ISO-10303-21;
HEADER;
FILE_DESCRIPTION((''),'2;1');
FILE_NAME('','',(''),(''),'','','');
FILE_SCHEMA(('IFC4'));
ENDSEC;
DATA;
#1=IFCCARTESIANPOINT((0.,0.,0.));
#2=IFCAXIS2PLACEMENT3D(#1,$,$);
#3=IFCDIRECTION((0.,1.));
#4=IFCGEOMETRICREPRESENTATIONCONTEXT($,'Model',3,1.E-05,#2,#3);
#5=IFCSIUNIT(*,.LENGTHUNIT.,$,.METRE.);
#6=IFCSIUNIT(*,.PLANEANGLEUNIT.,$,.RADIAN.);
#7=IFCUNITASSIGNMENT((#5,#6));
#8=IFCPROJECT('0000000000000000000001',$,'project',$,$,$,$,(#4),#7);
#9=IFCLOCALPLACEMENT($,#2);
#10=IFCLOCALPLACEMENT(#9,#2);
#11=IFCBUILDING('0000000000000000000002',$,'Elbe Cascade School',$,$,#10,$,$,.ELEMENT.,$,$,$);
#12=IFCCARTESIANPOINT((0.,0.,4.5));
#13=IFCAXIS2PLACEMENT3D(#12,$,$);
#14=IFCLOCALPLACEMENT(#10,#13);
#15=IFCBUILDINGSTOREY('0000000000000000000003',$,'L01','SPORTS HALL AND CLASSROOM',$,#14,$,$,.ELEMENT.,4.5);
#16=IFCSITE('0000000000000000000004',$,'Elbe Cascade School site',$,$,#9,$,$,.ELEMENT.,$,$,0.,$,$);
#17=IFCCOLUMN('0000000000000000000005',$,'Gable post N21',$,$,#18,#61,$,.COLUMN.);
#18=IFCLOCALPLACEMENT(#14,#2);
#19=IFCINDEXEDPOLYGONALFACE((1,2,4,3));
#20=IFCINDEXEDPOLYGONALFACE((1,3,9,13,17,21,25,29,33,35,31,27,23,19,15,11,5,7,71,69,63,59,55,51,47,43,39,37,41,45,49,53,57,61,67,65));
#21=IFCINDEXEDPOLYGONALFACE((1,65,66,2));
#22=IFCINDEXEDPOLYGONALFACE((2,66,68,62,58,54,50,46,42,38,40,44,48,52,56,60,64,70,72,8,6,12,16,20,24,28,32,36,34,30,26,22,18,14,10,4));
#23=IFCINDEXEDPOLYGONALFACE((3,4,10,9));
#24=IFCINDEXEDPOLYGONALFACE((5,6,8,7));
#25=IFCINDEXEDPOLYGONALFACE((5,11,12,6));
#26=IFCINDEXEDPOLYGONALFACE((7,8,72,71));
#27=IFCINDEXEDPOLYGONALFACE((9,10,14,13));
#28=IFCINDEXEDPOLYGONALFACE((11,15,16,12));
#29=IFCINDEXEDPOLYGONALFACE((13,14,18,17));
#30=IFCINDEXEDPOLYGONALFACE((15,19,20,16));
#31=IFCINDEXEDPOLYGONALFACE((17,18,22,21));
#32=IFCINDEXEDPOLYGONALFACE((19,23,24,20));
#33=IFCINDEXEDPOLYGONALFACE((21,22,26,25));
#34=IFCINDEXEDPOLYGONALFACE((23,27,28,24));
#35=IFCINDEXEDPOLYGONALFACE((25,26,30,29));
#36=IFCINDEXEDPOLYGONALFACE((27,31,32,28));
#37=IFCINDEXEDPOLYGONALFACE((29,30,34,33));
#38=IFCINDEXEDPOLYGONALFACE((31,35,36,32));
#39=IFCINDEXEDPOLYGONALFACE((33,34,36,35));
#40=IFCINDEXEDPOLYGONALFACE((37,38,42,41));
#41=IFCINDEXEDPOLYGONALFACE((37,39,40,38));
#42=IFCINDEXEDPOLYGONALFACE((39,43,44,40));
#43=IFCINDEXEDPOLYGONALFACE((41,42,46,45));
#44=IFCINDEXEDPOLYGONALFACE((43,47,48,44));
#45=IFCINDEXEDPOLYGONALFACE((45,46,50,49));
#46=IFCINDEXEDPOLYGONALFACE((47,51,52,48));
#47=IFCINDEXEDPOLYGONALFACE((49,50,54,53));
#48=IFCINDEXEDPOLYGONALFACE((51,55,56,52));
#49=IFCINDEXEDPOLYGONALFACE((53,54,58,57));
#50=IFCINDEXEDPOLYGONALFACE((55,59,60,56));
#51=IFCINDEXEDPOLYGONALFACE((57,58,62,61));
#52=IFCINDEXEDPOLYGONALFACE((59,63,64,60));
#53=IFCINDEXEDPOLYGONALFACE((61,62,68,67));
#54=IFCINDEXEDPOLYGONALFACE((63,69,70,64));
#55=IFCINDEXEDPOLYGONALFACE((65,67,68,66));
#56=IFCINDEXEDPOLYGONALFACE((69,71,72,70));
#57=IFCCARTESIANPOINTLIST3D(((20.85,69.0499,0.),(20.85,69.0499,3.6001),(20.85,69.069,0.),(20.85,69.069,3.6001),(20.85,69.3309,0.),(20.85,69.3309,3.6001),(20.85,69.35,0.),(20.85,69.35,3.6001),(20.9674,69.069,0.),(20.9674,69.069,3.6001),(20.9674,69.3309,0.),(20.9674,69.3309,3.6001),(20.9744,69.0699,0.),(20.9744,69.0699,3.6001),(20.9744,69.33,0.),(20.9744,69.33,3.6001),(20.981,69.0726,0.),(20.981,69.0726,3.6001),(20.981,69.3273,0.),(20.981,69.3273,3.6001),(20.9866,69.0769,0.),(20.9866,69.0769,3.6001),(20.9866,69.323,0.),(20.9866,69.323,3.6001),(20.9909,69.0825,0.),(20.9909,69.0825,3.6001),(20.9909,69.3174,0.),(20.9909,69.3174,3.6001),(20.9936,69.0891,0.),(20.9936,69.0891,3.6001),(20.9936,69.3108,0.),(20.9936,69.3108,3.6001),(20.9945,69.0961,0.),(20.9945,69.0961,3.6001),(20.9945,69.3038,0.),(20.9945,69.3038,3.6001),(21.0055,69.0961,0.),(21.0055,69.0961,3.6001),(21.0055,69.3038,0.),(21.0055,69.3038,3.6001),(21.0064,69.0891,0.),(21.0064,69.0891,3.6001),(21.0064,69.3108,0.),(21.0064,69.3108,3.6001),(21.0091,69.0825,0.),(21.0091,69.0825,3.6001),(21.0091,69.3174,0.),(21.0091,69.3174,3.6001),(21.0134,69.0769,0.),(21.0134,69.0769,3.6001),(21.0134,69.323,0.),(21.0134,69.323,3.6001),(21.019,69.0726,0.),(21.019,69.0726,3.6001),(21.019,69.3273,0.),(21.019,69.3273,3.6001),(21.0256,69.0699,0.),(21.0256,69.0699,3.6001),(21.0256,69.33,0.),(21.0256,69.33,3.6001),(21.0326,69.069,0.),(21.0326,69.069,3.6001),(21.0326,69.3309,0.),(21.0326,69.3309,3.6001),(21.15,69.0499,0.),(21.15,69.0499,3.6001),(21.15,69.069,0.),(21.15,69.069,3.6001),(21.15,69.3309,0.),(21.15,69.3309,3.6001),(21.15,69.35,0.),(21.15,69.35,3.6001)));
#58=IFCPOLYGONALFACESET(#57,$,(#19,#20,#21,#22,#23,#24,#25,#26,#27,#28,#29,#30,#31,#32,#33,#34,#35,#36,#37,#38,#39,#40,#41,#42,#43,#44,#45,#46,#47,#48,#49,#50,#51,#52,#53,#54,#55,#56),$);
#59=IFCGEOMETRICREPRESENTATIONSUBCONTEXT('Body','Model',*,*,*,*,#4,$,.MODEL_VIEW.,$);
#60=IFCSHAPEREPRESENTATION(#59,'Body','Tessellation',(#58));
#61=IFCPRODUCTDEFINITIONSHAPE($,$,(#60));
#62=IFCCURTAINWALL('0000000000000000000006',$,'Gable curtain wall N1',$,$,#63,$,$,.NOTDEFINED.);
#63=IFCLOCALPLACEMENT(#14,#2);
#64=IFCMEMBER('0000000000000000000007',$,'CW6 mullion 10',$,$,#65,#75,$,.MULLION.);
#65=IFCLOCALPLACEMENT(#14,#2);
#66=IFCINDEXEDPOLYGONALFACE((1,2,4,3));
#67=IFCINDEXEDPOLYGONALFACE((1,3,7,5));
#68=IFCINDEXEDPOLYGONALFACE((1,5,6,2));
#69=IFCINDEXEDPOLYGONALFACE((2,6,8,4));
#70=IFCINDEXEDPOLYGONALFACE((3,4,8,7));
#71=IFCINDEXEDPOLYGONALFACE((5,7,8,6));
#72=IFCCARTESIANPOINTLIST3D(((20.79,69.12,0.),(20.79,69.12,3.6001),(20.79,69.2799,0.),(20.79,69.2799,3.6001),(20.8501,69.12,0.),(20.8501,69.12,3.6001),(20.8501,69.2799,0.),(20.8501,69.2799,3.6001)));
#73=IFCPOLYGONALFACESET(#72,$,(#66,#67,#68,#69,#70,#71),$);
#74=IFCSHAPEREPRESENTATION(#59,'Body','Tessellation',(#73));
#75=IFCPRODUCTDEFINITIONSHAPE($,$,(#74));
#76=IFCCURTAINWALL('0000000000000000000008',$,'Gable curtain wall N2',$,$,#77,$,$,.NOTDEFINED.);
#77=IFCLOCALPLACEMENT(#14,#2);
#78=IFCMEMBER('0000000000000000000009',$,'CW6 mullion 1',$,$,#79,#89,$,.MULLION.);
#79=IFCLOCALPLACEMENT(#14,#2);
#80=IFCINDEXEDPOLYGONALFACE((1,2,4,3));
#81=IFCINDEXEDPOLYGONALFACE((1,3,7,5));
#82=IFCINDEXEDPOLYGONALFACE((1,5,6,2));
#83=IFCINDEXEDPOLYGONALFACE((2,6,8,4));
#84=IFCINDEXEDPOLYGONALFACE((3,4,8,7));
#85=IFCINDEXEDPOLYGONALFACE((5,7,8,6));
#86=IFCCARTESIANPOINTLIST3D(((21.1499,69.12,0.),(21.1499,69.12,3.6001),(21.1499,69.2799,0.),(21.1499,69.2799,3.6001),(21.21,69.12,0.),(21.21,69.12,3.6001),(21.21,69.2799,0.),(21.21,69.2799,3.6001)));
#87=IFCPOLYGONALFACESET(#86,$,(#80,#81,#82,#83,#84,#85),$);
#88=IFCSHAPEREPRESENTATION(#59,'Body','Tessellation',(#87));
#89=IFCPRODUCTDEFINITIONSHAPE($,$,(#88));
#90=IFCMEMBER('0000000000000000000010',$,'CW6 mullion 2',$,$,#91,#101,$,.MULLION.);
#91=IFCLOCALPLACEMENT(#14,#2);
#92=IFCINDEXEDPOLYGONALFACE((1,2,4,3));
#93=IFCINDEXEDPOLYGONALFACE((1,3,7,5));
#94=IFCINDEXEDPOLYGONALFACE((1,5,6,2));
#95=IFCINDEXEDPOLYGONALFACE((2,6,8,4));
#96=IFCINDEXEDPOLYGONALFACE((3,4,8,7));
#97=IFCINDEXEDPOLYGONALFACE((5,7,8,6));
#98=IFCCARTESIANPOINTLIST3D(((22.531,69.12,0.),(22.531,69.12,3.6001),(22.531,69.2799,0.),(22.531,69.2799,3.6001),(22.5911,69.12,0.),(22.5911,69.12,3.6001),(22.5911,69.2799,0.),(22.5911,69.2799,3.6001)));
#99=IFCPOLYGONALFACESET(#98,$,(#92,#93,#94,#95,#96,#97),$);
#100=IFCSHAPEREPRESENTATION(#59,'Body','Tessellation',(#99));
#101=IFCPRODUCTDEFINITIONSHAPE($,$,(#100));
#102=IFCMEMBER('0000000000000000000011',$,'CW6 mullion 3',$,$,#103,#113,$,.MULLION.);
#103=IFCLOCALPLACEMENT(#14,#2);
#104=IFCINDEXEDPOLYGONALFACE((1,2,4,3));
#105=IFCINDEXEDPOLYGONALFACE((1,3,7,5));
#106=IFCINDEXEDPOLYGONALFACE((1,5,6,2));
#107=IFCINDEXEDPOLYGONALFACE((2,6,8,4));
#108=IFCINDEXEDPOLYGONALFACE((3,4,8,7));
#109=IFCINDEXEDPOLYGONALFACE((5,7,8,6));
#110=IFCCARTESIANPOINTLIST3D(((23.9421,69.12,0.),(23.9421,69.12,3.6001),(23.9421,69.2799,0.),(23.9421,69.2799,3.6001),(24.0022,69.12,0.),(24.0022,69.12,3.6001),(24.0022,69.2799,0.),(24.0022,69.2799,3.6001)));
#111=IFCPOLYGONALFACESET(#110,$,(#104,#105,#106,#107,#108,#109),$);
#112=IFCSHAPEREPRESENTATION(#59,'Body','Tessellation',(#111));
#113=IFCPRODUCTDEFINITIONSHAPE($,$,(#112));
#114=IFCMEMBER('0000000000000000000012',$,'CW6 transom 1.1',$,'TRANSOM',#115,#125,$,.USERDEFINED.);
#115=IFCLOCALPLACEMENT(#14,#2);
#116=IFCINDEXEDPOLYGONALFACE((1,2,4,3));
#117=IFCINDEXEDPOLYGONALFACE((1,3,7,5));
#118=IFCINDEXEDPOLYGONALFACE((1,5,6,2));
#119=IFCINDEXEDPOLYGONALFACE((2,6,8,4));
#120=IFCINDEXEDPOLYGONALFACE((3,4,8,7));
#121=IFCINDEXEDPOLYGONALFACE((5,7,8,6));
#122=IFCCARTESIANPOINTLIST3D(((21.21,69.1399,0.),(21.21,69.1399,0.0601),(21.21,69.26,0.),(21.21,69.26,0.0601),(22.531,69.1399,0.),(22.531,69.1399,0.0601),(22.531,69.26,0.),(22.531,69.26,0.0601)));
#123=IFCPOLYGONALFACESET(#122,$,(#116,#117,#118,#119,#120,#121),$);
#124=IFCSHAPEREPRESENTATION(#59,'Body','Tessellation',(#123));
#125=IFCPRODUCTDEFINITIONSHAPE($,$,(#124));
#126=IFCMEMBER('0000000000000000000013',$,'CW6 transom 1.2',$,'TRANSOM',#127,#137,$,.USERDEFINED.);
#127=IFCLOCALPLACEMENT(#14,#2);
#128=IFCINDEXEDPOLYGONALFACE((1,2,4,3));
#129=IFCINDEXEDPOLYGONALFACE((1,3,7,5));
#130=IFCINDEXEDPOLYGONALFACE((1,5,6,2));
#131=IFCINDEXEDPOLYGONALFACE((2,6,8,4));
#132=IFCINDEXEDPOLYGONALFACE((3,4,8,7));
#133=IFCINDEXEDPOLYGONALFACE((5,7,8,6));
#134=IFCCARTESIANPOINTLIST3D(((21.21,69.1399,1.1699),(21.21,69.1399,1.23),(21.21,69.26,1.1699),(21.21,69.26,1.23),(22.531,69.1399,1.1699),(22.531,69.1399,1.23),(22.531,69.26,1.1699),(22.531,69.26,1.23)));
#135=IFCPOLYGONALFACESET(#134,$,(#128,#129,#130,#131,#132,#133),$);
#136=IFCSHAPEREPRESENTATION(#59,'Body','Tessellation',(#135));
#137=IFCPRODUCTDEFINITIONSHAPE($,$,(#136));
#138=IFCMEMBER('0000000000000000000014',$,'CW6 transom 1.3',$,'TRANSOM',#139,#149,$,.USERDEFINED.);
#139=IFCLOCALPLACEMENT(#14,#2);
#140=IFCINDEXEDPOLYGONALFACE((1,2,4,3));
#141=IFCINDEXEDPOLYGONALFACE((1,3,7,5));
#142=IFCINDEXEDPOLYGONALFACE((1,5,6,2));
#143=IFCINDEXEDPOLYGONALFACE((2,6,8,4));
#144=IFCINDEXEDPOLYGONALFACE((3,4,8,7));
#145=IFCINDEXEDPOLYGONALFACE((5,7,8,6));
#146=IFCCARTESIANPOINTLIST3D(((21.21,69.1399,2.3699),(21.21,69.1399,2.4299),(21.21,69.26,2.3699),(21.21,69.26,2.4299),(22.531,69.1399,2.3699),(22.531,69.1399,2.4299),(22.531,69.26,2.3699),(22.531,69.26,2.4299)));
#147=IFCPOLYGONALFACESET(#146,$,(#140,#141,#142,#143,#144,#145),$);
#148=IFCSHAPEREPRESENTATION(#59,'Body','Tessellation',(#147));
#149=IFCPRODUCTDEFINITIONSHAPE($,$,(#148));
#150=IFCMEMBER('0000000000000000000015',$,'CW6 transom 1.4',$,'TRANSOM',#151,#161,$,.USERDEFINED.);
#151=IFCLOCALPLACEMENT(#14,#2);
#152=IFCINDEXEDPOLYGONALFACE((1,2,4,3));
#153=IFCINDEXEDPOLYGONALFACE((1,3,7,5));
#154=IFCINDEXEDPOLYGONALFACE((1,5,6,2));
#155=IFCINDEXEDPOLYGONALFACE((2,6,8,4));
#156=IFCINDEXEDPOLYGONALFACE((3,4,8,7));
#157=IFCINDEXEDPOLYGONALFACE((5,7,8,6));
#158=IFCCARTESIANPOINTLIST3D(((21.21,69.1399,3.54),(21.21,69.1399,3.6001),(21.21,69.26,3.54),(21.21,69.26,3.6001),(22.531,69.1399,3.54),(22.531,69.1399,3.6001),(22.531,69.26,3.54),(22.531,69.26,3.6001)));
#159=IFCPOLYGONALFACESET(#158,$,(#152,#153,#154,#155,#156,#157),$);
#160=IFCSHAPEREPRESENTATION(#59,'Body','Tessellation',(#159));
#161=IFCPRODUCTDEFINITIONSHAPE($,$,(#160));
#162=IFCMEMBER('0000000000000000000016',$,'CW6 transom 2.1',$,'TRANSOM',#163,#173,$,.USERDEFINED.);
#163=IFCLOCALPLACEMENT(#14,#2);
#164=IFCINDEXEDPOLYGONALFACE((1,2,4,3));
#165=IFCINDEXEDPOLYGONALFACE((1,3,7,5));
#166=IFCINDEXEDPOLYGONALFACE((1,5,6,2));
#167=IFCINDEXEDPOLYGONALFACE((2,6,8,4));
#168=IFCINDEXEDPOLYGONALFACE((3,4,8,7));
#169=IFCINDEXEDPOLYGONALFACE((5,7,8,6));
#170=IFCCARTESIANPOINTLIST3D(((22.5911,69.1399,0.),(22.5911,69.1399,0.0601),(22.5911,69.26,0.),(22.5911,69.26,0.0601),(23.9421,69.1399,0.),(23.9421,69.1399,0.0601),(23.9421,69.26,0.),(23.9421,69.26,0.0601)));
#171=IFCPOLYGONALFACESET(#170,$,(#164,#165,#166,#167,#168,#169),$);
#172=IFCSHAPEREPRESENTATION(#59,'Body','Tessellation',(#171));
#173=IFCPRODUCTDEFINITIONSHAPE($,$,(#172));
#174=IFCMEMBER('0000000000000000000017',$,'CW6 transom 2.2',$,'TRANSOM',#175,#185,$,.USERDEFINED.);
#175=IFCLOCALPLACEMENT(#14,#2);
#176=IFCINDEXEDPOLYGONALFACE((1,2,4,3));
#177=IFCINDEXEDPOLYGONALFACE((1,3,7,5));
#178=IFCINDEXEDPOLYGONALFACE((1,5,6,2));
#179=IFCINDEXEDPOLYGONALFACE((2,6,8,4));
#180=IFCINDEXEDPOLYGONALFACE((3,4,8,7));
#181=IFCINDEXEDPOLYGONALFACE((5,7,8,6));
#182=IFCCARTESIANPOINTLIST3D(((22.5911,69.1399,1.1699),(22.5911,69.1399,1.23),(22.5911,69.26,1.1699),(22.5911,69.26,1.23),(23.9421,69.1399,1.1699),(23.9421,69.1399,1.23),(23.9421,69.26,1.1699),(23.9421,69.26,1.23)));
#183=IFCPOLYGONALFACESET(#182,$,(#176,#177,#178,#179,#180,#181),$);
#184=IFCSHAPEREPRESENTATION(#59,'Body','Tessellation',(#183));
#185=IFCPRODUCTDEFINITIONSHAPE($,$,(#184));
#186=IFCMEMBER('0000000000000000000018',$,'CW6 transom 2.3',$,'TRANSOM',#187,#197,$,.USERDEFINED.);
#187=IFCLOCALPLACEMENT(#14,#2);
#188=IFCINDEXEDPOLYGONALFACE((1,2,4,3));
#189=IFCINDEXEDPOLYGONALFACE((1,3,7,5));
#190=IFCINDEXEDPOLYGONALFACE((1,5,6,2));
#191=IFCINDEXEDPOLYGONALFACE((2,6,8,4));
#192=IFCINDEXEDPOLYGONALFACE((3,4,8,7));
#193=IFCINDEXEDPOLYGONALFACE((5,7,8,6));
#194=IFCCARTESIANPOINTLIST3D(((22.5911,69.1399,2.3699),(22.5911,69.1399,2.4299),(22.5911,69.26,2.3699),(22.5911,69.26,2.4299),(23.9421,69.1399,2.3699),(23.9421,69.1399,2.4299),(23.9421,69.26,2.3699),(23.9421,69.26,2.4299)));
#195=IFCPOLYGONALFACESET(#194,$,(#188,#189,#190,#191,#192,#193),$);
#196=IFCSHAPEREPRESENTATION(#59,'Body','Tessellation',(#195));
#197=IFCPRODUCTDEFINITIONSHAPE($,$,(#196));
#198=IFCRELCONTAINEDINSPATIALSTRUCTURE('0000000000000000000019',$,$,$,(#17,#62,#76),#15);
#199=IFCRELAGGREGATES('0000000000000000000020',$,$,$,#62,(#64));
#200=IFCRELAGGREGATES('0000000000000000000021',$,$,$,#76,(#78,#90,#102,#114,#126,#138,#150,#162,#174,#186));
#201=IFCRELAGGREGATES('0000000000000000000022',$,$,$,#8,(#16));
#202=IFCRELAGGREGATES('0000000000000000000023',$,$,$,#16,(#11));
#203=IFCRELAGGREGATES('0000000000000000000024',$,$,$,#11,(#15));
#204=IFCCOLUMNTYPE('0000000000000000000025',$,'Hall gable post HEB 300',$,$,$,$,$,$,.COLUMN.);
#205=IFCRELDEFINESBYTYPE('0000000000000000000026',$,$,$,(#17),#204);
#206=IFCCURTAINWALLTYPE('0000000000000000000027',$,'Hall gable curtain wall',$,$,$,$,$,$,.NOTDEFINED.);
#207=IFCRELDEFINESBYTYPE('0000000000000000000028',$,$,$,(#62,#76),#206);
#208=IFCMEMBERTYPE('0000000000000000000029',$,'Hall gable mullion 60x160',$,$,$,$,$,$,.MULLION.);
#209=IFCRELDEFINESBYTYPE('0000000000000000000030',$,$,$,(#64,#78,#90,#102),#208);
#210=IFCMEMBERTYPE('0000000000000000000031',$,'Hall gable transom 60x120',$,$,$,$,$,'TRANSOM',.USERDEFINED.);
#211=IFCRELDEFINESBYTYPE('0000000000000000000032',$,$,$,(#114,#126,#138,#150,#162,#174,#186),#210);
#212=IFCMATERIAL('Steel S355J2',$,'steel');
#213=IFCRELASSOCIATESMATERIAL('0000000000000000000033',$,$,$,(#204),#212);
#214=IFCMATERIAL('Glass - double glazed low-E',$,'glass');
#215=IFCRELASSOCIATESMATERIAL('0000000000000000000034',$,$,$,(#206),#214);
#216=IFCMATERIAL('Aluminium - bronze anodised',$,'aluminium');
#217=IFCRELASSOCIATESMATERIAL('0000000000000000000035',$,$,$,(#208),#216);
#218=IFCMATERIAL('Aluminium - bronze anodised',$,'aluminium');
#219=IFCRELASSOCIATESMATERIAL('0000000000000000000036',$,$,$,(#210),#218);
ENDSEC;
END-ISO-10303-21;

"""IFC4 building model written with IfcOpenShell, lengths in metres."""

from ifc_helpers import new_model, si_unit, direction, frame, origin, origin_2d, place, context, subcontext, project, spatial, rectangle, i_section, extrude, material, material_profile, profile_set, type_object, element, aggregate, save


model = new_model("IFC4")

# Units and contexts
model_context = context("Model", 3, precision=1e-05, world=origin(), true_north=direction((0.0, 1.0)))
body_context = subcontext(model_context, "Body", "Model", "MODEL_VIEW")
ifc_project = project(units=[si_unit("LENGTHUNIT", "METRE"), si_unit("PLANEANGLEUNIT", "RADIAN")], contexts=[model_context])

# Site, building, storey
site_placement = place(None, origin())
site = spatial("IfcSite", under=ifc_project, at=site_placement, Name="Elbe Cascade School site", CompositionType="ELEMENT", RefElevation=0.0)
building_placement = place(site_placement, origin())
building = spatial("IfcBuilding", under=site, at=building_placement, Name="Elbe Cascade School", CompositionType="ELEMENT")
storey_placement = place(building_placement, frame((0.0, 0.0, 4.5)))
storey = spatial("IfcBuildingStorey", under=building, at=storey_placement, Name="L01", Description="SPORTS HALL AND CLASSROOM", CompositionType="ELEMENT", Elevation=4.5)

# Column
ifc_material_1 = material(Name="Steel S355J2", Category="steel")
ifc_material_profile_1 = material_profile(ifc_material_1, i_section(OverallWidth=0.3, OverallDepth=0.3, WebThickness=0.011, FlangeThickness=0.019, FilletRadius=0.0271, at=origin_2d()), Name="HEB 300")
ifc_profile_set_1 = profile_set([ifc_material_profile_1], Name="Steel S355J2")
column_type = type_object("IfcColumnType", Name="Hall gable post HEB 300", PredefinedType="COLUMN", material=ifc_profile_set_1)
column_placement = place(storey_placement, frame((21.0, 69.2, 0.0), z_axis=(0.0, 0.0, 1.0), x_axis=(1.0, 0.0, 0.0)))
element("IfcColumn", 1, at=column_placement, inside=storey, type_object=column_type, Name="Gable post N21", PredefinedType="COLUMN", context=body_context, shape_type="SweptSolid", body=[
    extrude(i_section(OverallWidth=0.3, OverallDepth=0.3, WebThickness=0.011, FlangeThickness=0.019, FilletRadius=0.0271, at=origin_2d()), origin(), (0.0, 0.0, 1.0), 3.6001),
])

# Curtain wall, member
ifc_material_2 = material(Name="Glass - double glazed low-E", Category="glass")
curtain_wall_type = type_object("IfcCurtainWallType", Name="Hall gable curtain wall", PredefinedType="NOTDEFINED", material=ifc_material_2)
curtain_wall_1_placement = place(storey_placement, origin())
curtain_wall_1 = element("IfcCurtainWall", 2, at=curtain_wall_1_placement, inside=storey, type_object=curtain_wall_type, Name="Gable curtain wall N1", PredefinedType="NOTDEFINED")
ifc_material_3 = material(Name="Aluminium - bronze anodised", Category="aluminium")
ifc_material_profile_2 = material_profile(ifc_material_3, rectangle(XDim=0.1599, YDim=0.0601, at=origin_2d()), Name="Alu 60x160")
ifc_profile_set_2 = profile_set([ifc_material_profile_2], Name="Aluminium - bronze anodised")
member_type_1 = type_object("IfcMemberType", Name="Hall gable mullion 60x160", PredefinedType="MULLION", material=ifc_profile_set_2)
member_1_placement = place(storey_placement, frame((20.8201, 69.2, 0.0), z_axis=(0.0, 0.0, 1.0), x_axis=(0.0, 1.0, 0.0)))
member_1 = element("IfcMember", 3, at=member_1_placement, type_object=member_type_1, Name="CW6 mullion 10", PredefinedType="MULLION", context=body_context, shape_type="SweptSolid", body=[
    extrude(rectangle(XDim=0.1599, YDim=0.0601, at=origin_2d()), origin(), (0.0, 0.0, 1.0), 3.6001),
])

# Curtain wall, members
curtain_wall_2_placement = place(storey_placement, origin())
curtain_wall_2 = element("IfcCurtainWall", 4, at=curtain_wall_2_placement, inside=storey, type_object=curtain_wall_type, Name="Gable curtain wall N2", PredefinedType="NOTDEFINED")
member_2_placement = place(storey_placement, frame((21.1799, 69.2, 0.0), z_axis=(0.0, 0.0, 1.0), x_axis=(0.0, 1.0, 0.0)))
member_2 = element("IfcMember", 5, at=member_2_placement, type_object=member_type_1, Name="CW6 mullion 1", PredefinedType="MULLION", context=body_context, shape_type="SweptSolid", body=[
    extrude(rectangle(XDim=0.1599, YDim=0.0601, at=origin_2d()), origin(), (0.0, 0.0, 1.0), 3.6001),
])
member_3_placement = place(storey_placement, frame((22.561, 69.2, 0.0), z_axis=(0.0, 0.0, 1.0), x_axis=(0.0, 1.0, 0.0)))
member_3 = element("IfcMember", 6, at=member_3_placement, type_object=member_type_1, Name="CW6 mullion 2", PredefinedType="MULLION", context=body_context, shape_type="SweptSolid", body=[
    extrude(rectangle(XDim=0.1599, YDim=0.0601, at=origin_2d()), origin(), (0.0, 0.0, 1.0), 3.6001),
])
member_4_placement = place(storey_placement, frame((23.9722, 69.2, 0.0), z_axis=(0.0, 0.0, 1.0), x_axis=(0.0, 1.0, 0.0)))
member_4 = element("IfcMember", 7, at=member_4_placement, type_object=member_type_1, Name="CW6 mullion 3", PredefinedType="MULLION", context=body_context, shape_type="SweptSolid", body=[
    extrude(rectangle(XDim=0.1599, YDim=0.0601, at=origin_2d()), origin(), (0.0, 0.0, 1.0), 3.6001),
])
ifc_material_4 = material(Name="Aluminium - bronze anodised", Category="aluminium")
ifc_material_profile_3 = material_profile(ifc_material_4, rectangle(XDim=0.1201, YDim=0.0601, at=origin_2d()), Name="Alu 60x120")
ifc_profile_set_3 = profile_set([ifc_material_profile_3], Name="Aluminium - bronze anodised")
member_type_2 = type_object("IfcMemberType", Name="Hall gable transom 60x120", ElementType="TRANSOM", PredefinedType="USERDEFINED", material=ifc_profile_set_3)
member_5_placement = place(storey_placement, frame((21.21, 69.2, 0.03), z_axis=(1.0, 0.0, 0.0), x_axis=(0.0, 1.0, 0.0)))
member_5 = element("IfcMember", 8, at=member_5_placement, type_object=member_type_2, Name="CW6 transom 1.1", ObjectType="TRANSOM", PredefinedType="USERDEFINED", context=body_context, shape_type="SweptSolid", body=[
    extrude(rectangle(XDim=0.1201, YDim=0.0601, at=origin_2d()), origin(), (0.0, 0.0, 1.0), 1.321),
])
member_6_placement = place(storey_placement, frame((21.21, 69.2, 1.2), z_axis=(1.0, 0.0, 0.0), x_axis=(0.0, 1.0, 0.0)))
member_6 = element("IfcMember", 9, at=member_6_placement, type_object=member_type_2, Name="CW6 transom 1.2", ObjectType="TRANSOM", PredefinedType="USERDEFINED", context=body_context, shape_type="SweptSolid", body=[
    extrude(rectangle(XDim=0.1201, YDim=0.0601, at=origin_2d()), origin(), (0.0, 0.0, 1.0), 1.321),
])
member_7_placement = place(storey_placement, frame((21.21, 69.2, 2.3999), z_axis=(1.0, 0.0, 0.0), x_axis=(0.0, 1.0, 0.0)))
member_7 = element("IfcMember", 10, at=member_7_placement, type_object=member_type_2, Name="CW6 transom 1.3", ObjectType="TRANSOM", PredefinedType="USERDEFINED", context=body_context, shape_type="SweptSolid", body=[
    extrude(rectangle(XDim=0.1201, YDim=0.0601, at=origin_2d()), origin(), (0.0, 0.0, 1.0), 1.321),
])
member_8_placement = place(storey_placement, frame((21.21, 69.2, 3.5701), z_axis=(1.0, 0.0, 0.0), x_axis=(0.0, 1.0, 0.0)))
member_8 = element("IfcMember", 11, at=member_8_placement, type_object=member_type_2, Name="CW6 transom 1.4", ObjectType="TRANSOM", PredefinedType="USERDEFINED", context=body_context, shape_type="SweptSolid", body=[
    extrude(rectangle(XDim=0.1201, YDim=0.0601, at=origin_2d()), origin(), (0.0, 0.0, 1.0), 1.321),
])
member_9_placement = place(storey_placement, frame((22.5911, 69.2, 0.03), z_axis=(1.0, 0.0, 0.0), x_axis=(0.0, 1.0, 0.0)))
member_9 = element("IfcMember", 12, at=member_9_placement, type_object=member_type_2, Name="CW6 transom 2.1", ObjectType="TRANSOM", PredefinedType="USERDEFINED", context=body_context, shape_type="SweptSolid", body=[
    extrude(rectangle(XDim=0.1201, YDim=0.0601, at=origin_2d()), origin(), (0.0, 0.0, 1.0), 1.3511),
])
member_10_placement = place(storey_placement, frame((22.5911, 69.2, 1.2), z_axis=(1.0, 0.0, 0.0), x_axis=(0.0, 1.0, 0.0)))
member_10 = element("IfcMember", 13, at=member_10_placement, type_object=member_type_2, Name="CW6 transom 2.2", ObjectType="TRANSOM", PredefinedType="USERDEFINED", context=body_context, shape_type="SweptSolid", body=[
    extrude(rectangle(XDim=0.1201, YDim=0.0601, at=origin_2d()), origin(), (0.0, 0.0, 1.0), 1.3511),
])
member_11_placement = place(storey_placement, frame((22.5911, 69.2, 2.3999), z_axis=(1.0, 0.0, 0.0), x_axis=(0.0, 1.0, 0.0)))
member_11 = element("IfcMember", 14, at=member_11_placement, type_object=member_type_2, Name="CW6 transom 2.3", ObjectType="TRANSOM", PredefinedType="USERDEFINED", context=body_context, shape_type="SweptSolid", body=[
    extrude(rectangle(XDim=0.1201, YDim=0.0601, at=origin_2d()), origin(), (0.0, 0.0, 1.0), 1.3511),
])

aggregate(curtain_wall_1, [member_1])
aggregate(curtain_wall_2, [member_2, member_3, member_4, member_5, member_6, member_7, member_8, member_9, member_10, member_11])

save(model, "model.ifc")
